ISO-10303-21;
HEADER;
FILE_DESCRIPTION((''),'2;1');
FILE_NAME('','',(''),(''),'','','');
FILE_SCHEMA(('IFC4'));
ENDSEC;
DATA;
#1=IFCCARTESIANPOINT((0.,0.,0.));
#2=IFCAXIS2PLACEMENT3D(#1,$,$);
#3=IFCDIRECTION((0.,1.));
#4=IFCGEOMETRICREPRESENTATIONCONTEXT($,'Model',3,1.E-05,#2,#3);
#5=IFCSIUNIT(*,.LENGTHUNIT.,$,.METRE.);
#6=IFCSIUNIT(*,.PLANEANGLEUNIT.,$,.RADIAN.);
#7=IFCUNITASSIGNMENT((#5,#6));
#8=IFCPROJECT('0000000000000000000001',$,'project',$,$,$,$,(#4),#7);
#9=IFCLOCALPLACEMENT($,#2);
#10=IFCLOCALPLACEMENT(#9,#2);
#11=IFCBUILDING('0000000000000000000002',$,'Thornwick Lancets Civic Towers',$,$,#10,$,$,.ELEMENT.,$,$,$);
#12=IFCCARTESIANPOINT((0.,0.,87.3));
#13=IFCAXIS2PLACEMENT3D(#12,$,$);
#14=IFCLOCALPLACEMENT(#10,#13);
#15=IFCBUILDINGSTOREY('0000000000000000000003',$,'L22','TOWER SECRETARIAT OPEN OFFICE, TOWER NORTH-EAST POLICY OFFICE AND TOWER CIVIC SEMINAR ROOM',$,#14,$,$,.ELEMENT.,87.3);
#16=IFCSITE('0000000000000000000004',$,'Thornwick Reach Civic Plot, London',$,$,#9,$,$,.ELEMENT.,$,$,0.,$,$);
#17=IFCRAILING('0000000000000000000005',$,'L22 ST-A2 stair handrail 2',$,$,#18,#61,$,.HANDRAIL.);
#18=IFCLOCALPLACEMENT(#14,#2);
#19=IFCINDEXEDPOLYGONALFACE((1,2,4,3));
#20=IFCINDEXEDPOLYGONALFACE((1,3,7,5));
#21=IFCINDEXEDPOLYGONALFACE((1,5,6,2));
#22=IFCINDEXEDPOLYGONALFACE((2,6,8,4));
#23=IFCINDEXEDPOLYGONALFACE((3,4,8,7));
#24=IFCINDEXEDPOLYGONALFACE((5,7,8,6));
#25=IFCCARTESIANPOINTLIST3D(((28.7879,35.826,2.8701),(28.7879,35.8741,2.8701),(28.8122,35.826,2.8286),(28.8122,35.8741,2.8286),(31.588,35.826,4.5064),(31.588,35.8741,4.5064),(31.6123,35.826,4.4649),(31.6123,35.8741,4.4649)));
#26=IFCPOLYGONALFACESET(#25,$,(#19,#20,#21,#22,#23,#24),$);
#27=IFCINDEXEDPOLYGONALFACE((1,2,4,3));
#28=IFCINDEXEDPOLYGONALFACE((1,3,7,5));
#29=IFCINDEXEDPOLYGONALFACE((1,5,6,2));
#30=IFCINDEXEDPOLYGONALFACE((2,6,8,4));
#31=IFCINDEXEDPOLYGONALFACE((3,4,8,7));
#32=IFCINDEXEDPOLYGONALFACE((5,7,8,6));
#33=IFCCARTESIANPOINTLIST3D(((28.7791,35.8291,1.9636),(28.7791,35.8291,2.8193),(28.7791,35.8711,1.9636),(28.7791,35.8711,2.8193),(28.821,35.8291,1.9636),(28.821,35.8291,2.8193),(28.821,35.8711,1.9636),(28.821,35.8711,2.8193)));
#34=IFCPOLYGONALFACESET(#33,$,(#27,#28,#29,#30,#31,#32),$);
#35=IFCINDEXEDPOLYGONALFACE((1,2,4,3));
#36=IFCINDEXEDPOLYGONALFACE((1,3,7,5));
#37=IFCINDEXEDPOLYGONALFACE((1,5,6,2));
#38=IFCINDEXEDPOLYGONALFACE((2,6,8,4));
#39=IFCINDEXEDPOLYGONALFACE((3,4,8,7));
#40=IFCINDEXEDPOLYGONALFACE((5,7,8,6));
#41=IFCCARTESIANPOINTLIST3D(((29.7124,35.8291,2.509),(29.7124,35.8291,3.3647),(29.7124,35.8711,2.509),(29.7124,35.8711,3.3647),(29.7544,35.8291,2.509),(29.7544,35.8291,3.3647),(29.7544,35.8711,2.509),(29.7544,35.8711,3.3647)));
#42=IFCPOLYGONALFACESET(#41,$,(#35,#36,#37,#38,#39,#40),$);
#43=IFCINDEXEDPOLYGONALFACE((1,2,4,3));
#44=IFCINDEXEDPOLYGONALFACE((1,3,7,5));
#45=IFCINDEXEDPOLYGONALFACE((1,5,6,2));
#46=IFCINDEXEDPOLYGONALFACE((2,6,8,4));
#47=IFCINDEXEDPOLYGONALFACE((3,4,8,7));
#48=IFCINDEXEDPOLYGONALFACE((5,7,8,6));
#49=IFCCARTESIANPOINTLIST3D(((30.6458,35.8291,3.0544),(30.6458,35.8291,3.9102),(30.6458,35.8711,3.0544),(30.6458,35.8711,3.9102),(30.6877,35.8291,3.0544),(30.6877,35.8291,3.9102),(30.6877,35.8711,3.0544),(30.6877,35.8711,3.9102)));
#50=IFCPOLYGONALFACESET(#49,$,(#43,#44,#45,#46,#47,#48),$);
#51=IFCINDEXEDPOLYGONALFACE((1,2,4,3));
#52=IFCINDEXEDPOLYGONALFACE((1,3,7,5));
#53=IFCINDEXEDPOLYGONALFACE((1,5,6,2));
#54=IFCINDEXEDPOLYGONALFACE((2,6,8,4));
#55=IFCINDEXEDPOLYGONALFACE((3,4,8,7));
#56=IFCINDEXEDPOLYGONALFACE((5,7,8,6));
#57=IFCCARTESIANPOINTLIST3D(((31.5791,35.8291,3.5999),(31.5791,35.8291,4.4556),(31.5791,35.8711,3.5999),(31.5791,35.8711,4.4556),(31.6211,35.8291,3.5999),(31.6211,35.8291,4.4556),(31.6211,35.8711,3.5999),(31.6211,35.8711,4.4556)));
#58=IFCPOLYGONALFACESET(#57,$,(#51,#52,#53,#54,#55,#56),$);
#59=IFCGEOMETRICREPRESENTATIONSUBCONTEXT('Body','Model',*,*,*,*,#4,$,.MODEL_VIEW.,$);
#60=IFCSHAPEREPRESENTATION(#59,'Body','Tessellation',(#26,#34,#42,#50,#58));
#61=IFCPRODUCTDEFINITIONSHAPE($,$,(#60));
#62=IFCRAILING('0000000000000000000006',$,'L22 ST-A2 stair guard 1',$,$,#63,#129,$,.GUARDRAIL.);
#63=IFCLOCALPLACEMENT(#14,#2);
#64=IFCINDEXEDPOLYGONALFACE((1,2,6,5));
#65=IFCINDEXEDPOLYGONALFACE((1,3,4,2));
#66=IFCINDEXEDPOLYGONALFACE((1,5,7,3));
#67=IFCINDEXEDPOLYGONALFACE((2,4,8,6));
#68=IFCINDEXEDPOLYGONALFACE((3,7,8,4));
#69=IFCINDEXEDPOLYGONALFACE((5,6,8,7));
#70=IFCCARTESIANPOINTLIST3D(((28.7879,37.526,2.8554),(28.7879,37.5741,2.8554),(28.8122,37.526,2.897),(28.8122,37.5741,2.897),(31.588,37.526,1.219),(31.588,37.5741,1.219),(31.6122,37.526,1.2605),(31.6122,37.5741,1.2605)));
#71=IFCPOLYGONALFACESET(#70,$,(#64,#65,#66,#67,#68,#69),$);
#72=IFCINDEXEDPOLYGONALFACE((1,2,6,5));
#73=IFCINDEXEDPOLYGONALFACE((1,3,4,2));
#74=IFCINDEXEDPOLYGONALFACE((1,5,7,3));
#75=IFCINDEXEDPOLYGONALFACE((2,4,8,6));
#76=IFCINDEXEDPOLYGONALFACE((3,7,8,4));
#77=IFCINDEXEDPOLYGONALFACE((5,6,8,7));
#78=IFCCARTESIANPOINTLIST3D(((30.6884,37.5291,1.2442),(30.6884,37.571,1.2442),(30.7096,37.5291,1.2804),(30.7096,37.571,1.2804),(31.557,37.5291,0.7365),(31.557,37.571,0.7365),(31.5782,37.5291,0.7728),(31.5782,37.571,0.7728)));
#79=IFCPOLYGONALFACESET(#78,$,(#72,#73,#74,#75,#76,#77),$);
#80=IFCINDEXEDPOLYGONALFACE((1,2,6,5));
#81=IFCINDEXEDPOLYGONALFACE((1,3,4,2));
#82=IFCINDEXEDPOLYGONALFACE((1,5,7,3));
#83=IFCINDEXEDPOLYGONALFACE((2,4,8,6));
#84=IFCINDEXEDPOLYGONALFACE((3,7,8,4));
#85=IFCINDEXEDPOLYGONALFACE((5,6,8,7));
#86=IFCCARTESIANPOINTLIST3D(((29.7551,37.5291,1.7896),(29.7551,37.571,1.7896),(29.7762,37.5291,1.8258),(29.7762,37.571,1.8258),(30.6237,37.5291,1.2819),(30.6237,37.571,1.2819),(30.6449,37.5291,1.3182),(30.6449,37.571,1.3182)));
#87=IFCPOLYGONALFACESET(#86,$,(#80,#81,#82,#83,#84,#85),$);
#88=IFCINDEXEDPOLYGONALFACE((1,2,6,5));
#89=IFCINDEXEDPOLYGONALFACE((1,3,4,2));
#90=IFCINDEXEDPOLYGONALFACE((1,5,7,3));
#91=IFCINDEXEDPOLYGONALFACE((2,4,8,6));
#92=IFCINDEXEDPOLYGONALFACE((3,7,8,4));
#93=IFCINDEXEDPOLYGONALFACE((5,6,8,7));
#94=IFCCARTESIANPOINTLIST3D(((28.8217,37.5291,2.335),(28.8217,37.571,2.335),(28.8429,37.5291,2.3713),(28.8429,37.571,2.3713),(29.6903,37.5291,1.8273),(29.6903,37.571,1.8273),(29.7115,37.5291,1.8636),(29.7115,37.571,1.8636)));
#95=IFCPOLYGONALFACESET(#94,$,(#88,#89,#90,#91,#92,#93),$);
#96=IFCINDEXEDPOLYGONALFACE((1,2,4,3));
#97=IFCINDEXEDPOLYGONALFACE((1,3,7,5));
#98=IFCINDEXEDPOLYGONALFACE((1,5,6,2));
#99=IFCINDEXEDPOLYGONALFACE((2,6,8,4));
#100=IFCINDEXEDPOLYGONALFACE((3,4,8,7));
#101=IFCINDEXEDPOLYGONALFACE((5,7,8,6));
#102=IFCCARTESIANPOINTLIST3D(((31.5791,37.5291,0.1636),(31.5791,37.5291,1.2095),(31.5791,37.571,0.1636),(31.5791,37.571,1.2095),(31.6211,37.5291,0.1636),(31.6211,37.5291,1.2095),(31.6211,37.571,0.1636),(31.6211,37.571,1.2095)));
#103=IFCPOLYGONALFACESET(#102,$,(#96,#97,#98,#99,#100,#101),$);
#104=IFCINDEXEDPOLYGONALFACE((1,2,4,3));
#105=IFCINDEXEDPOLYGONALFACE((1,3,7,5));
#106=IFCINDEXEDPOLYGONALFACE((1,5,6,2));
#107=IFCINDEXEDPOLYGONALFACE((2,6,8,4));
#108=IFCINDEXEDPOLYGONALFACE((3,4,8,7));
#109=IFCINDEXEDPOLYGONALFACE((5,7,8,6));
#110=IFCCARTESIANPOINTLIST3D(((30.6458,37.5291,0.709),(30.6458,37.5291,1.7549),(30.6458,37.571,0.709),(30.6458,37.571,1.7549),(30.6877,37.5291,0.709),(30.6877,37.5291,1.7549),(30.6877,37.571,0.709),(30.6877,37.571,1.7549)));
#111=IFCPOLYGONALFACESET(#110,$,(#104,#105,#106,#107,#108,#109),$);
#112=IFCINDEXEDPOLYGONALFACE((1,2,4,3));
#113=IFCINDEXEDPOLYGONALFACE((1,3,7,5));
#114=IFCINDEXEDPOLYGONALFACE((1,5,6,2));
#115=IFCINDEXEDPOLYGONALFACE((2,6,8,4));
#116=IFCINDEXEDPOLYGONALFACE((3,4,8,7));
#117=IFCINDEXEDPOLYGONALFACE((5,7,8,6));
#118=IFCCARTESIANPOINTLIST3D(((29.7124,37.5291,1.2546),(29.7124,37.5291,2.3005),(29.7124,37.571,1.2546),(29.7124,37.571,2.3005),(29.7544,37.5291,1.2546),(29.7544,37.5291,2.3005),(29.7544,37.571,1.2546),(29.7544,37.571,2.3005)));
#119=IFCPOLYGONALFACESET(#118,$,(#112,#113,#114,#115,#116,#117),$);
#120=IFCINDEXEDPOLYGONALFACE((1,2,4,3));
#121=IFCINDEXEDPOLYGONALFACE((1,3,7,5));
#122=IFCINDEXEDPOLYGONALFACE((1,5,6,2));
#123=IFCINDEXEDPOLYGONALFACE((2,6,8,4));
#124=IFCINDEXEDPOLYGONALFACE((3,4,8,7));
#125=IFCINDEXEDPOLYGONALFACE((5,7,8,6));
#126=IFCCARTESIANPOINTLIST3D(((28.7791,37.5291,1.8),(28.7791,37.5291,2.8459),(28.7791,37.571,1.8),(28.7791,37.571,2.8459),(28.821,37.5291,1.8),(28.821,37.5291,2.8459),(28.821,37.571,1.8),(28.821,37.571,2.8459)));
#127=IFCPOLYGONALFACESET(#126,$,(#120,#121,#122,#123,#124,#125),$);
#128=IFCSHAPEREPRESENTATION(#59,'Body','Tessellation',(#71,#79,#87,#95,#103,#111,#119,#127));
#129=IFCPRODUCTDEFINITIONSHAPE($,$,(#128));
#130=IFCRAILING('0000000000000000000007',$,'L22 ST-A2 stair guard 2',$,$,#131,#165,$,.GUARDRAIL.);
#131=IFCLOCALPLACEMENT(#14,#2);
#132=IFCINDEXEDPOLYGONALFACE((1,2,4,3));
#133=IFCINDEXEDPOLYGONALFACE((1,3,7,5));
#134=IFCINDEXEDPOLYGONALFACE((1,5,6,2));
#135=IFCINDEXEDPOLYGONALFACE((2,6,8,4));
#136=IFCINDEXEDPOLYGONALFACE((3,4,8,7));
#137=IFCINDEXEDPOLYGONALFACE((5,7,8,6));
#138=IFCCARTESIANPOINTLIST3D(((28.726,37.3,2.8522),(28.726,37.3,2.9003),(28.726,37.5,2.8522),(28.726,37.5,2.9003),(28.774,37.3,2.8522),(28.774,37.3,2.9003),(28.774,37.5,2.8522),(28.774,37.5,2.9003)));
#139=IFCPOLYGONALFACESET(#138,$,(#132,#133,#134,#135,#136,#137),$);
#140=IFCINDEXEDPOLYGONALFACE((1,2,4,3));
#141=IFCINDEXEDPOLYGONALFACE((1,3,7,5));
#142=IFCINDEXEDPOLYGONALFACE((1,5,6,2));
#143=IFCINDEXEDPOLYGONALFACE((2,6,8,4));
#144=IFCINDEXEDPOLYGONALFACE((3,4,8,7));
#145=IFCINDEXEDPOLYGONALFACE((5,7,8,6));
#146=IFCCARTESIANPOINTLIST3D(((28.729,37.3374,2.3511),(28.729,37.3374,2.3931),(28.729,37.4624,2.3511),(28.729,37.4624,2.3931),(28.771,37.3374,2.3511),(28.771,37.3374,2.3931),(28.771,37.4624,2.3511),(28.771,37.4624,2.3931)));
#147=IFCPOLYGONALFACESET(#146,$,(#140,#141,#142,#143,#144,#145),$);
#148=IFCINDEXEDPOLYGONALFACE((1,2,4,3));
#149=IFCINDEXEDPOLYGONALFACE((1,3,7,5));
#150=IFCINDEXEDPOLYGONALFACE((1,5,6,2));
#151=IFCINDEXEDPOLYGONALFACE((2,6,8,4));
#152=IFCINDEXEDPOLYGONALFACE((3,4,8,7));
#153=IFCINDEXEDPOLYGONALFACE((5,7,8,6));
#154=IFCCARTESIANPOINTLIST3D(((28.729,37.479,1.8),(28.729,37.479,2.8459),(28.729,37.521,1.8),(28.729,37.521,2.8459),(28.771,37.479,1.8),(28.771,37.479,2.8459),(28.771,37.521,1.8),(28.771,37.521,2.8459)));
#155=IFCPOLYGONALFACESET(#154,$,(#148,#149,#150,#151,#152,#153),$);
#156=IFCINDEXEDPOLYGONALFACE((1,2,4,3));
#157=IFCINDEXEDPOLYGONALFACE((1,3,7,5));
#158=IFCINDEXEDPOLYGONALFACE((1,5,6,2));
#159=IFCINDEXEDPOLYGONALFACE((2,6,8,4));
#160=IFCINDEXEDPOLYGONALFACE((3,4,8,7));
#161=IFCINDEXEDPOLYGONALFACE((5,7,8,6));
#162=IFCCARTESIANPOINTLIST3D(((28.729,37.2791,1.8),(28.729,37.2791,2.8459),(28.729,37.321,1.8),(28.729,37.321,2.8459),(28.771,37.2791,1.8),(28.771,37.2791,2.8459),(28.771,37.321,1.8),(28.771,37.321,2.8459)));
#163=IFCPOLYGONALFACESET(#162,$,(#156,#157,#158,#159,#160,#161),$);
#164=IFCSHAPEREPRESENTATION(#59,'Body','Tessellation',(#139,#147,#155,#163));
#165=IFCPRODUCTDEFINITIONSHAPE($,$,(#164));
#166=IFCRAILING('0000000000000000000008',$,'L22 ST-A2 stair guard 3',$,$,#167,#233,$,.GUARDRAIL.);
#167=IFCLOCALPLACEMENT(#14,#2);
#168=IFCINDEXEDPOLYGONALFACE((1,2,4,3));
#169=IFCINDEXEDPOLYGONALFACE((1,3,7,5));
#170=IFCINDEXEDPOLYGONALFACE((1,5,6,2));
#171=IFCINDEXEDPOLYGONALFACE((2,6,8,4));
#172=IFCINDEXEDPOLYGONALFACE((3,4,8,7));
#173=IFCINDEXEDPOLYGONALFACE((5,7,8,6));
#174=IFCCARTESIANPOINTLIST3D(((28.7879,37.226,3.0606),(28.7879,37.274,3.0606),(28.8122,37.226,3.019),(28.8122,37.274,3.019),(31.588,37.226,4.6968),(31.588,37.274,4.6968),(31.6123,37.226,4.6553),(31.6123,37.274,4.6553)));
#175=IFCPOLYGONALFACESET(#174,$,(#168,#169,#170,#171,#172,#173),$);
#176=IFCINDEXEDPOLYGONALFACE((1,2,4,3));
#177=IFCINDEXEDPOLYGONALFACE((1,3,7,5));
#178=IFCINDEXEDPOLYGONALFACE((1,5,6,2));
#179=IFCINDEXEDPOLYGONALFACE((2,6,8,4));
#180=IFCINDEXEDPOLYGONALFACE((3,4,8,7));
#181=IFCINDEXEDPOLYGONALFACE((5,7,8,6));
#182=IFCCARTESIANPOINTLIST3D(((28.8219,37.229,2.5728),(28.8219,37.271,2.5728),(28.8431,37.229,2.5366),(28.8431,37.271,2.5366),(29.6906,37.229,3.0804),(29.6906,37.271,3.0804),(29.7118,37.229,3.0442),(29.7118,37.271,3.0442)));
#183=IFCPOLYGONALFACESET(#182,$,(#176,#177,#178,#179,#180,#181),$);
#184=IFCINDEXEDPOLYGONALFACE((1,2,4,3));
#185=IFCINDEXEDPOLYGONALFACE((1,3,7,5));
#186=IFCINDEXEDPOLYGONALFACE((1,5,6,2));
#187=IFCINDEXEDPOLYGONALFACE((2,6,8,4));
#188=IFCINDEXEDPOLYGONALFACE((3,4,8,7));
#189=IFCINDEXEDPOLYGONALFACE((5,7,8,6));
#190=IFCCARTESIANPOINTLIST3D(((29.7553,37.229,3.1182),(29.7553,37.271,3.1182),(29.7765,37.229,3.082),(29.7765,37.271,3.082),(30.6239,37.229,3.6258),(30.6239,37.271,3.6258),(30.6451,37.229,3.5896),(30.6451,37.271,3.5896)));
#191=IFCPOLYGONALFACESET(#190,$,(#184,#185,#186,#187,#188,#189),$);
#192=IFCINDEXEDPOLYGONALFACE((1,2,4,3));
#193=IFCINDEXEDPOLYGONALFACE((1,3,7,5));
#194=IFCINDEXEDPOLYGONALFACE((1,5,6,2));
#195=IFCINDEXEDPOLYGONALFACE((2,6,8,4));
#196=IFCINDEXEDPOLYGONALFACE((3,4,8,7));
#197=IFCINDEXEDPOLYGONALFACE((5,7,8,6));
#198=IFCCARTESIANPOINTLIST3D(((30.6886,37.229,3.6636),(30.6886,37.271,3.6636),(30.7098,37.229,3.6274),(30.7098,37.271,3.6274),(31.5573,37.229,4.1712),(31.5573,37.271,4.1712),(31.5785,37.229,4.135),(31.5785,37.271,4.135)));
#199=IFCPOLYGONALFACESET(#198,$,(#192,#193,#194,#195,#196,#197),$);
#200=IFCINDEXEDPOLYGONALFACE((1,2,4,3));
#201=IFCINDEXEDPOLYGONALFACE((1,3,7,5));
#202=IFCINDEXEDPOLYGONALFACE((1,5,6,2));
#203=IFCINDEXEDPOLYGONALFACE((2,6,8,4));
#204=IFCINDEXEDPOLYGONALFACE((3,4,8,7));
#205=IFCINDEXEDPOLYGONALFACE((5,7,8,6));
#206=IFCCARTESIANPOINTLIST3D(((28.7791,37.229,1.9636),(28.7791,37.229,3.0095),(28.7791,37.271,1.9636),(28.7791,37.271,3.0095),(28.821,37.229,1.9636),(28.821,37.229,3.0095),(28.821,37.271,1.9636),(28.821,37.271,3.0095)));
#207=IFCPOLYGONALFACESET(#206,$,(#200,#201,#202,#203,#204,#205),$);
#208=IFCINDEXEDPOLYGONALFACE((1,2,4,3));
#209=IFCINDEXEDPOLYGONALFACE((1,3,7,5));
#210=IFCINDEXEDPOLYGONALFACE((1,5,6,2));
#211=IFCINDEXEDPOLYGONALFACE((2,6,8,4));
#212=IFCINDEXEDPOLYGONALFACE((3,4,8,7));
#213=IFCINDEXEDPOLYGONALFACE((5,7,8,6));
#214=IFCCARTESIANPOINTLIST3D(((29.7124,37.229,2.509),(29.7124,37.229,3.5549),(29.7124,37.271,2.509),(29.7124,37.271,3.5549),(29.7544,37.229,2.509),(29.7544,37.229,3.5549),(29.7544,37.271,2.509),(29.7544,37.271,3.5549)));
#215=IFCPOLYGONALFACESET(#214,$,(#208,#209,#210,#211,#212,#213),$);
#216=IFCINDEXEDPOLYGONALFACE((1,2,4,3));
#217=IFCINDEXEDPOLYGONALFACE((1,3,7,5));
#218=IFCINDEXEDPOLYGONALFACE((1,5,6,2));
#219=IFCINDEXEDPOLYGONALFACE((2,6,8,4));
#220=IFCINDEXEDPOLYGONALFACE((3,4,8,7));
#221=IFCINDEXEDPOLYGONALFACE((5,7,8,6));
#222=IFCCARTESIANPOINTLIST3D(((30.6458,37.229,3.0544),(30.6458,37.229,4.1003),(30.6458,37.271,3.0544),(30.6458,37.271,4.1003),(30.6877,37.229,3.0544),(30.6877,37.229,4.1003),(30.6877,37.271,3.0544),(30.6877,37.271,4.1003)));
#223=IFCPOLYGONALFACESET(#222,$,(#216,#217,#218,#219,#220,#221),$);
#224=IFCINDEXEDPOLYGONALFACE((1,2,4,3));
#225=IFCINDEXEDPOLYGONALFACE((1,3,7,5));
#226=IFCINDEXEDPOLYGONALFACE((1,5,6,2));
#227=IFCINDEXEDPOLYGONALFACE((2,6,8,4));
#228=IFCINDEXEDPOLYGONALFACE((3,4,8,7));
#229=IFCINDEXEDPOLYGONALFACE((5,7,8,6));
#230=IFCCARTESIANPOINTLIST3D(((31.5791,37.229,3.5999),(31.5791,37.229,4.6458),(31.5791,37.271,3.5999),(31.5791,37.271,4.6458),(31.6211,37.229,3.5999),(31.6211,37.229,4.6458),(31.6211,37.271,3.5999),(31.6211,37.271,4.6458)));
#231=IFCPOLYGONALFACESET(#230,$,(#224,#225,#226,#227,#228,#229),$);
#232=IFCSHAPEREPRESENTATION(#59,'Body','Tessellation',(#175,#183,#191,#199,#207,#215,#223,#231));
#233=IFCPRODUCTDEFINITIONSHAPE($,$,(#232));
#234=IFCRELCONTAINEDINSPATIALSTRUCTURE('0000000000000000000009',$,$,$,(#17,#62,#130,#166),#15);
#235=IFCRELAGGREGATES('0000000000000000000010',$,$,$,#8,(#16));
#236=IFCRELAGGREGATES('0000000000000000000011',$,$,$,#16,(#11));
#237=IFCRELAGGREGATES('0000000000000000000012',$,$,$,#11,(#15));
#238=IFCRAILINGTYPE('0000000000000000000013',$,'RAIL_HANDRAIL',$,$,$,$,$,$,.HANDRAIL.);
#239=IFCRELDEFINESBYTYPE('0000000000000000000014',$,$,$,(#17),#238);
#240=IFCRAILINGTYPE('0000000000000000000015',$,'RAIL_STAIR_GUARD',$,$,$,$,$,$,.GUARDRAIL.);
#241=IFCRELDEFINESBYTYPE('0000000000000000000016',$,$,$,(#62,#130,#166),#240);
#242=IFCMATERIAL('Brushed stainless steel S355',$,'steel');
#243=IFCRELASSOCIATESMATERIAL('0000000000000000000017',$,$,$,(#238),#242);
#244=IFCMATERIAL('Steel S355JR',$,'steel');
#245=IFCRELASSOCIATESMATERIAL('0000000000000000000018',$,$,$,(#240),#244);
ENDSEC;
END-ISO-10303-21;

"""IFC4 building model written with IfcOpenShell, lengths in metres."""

from ifc_helpers import new_model, si_unit, direction, frame, origin, origin_2d, place, context, subcontext, project, spatial, rectangle, extrude, material, type_object, element, save


model = new_model("IFC4")

# Units and contexts
model_context = context("Model", 3, precision=1e-05, world=origin(), true_north=direction((0.0, 1.0)))
body_context = subcontext(model_context, "Body", "Model", "MODEL_VIEW")
ifc_project = project(units=[si_unit("LENGTHUNIT", "METRE"), si_unit("PLANEANGLEUNIT", "RADIAN")], contexts=[model_context])

# Site, building, storey
site_placement = place(None, origin())
site = spatial("IfcSite", under=ifc_project, at=site_placement, Name="Thornwick Reach Civic Plot, London", CompositionType="ELEMENT", RefElevation=0.0)
building_placement = place(site_placement, origin())
building = spatial("IfcBuilding", under=site, at=building_placement, Name="Thornwick Lancets Civic Towers", CompositionType="ELEMENT")
storey_placement = place(building_placement, frame((0.0, 0.0, 87.3)))
storey = spatial("IfcBuildingStorey", under=building, at=storey_placement, Name="L22", Description="TOWER SECRETARIAT OPEN OFFICE, TOWER NORTH-EAST POLICY OFFICE AND TOWER CIVIC SEMINAR ROOM", CompositionType="ELEMENT", Elevation=87.3)

# Shared definitions
ifc_material_1 = material(Name="Steel S355JR", Category="steel")

# Railings
ifc_material_2 = material(Name="Brushed stainless steel S355", Category="steel")
railing_type_1 = type_object("IfcRailingType", Name="RAIL_HANDRAIL", PredefinedType="HANDRAIL", material=ifc_material_2)
railing_1_placement = place(storey_placement, frame((28.8, 35.8501, 1.9636)))
element("IfcRailing", 1, at=railing_1_placement, inside=storey, type_object=railing_type_1, Name="L22 ST-A2 stair handrail 2", PredefinedType="HANDRAIL", context=body_context, shape_type="SweptSolid", body=[
    extrude(rectangle(XDim=0.0481, YDim=0.0481, at=origin_2d()), frame((0.0, 0.0, 0.8857), z_axis=(0.863394, 0.0, 0.504531), x_axis=(0.0, 1.0, 0.0)), (0.0, 0.0, 1.0), 3.2432),
    extrude(rectangle(XDim=0.042, YDim=0.042, at=origin_2d()), origin(), (0.0, 0.0, 1.0), 0.8557),
    extrude(rectangle(XDim=0.042, YDim=0.042, at=origin_2d()), frame((0.9333, 0.0, 0.5454)), (0.0, 0.0, 1.0), 0.8557),
    extrude(rectangle(XDim=0.042, YDim=0.042, at=origin_2d()), frame((1.8667, 0.0, 1.0908)), (0.0, 0.0, 1.0), 0.8557),
    extrude(rectangle(XDim=0.042, YDim=0.042, at=origin_2d()), frame((2.8, 0.0, 1.6362)), (0.0, 0.0, 1.0), 0.8557),
])
railing_type_2 = type_object("IfcRailingType", Name="RAIL_STAIR_GUARD", PredefinedType="GUARDRAIL", material=ifc_material_1)
railing_2_placement = place(storey_placement, frame((31.6001, 37.55, 0.1636)))
element("IfcRailing", 2, at=railing_2_placement, inside=storey, type_object=railing_type_2, Name="L22 ST-A2 stair guard 1", PredefinedType="GUARDRAIL", context=body_context, shape_type="SweptSolid", body=[
    extrude(rectangle(XDim=0.0481, YDim=0.0481, at=origin_2d()), frame((0.0, 0.0, 1.0762), z_axis=(-0.863361, 0.0, 0.504587), x_axis=(0.0, -1.0, 0.0)), (0.0, 0.0, 1.0), 3.2432),
    extrude(rectangle(XDim=0.042, YDim=0.042, at=origin_2d()), frame((-0.0325, 0.0, 0.5911), z_axis=(-0.863361, 0.0, 0.504587), x_axis=(0.0, -1.0, 0.0)), (0.0, 0.0, 1.0), 1.0061),
    extrude(rectangle(XDim=0.042, YDim=0.042, at=origin_2d()), frame((-0.9658, 0.0, 1.1365), z_axis=(-0.863361, 0.0, 0.504587), x_axis=(0.0, -1.0, 0.0)), (0.0, 0.0, 1.0), 1.0061),
    extrude(rectangle(XDim=0.042, YDim=0.042, at=origin_2d()), frame((-1.8992, 0.0, 1.6819), z_axis=(-0.863361, 0.0, 0.504587), x_axis=(0.0, -1.0, 0.0)), (0.0, 0.0, 1.0), 1.0061),
    extrude(rectangle(XDim=0.042, YDim=0.042, at=origin_2d()), origin(), (0.0, 0.0, 1.0), 1.0459),
    extrude(rectangle(XDim=0.042, YDim=0.042, at=origin_2d()), frame((-0.9333, 0.0, 0.5454)), (0.0, 0.0, 1.0), 1.0459),
    extrude(rectangle(XDim=0.042, YDim=0.042, at=origin_2d()), frame((-1.8667, 0.0, 1.0911)), (0.0, 0.0, 1.0), 1.0459),
    extrude(rectangle(XDim=0.042, YDim=0.042, at=origin_2d()), frame((-2.8, 0.0, 1.6365)), (0.0, 0.0, 1.0), 1.0459),
])
railing_3_placement = place(storey_placement, frame((28.75, 37.5, 1.8)))
element("IfcRailing", 3, at=railing_3_placement, inside=storey, type_object=railing_type_2, Name="L22 ST-A2 stair guard 2", PredefinedType="GUARDRAIL", context=body_context, shape_type="SweptSolid", body=[
    extrude(rectangle(XDim=0.0481, YDim=0.0481, at=origin_2d()), frame((0.0, 0.0, 1.0762), z_axis=(0.0, -1.0, 0.0), x_axis=(1.0, 0.0, 0.0)), (0.0, 0.0, 1.0), 0.2),
    extrude(rectangle(XDim=0.042, YDim=0.042, at=origin_2d()), frame((0.0, -0.0376, 0.572), z_axis=(0.0, -1.0, 0.0), x_axis=(1.0, 0.0, 0.0)), (0.0, 0.0, 1.0), 0.125),
    extrude(rectangle(XDim=0.042, YDim=0.042, at=origin_2d()), origin(), (0.0, 0.0, 1.0), 1.0459),
    extrude(rectangle(XDim=0.042, YDim=0.042, at=origin_2d()), frame((0.0, -0.2, 0.0)), (0.0, 0.0, 1.0), 1.0459),
])
railing_4_placement = place(storey_placement, frame((28.8, 37.25, 1.9636)))
element("IfcRailing", 4, at=railing_4_placement, inside=storey, type_object=railing_type_2, Name="L22 ST-A2 stair guard 3", PredefinedType="GUARDRAIL", context=body_context, shape_type="SweptSolid", body=[
    extrude(rectangle(XDim=0.0481, YDim=0.0481, at=origin_2d()), frame((0.0, 0.0, 1.0762), z_axis=(0.863394, 0.0, 0.504531), x_axis=(0.0, 1.0, 0.0)), (0.0, 0.0, 1.0), 3.2432),
    extrude(rectangle(XDim=0.042, YDim=0.042, at=origin_2d()), frame((0.0325, 0.0, 0.5911), z_axis=(0.863394, 0.0, 0.504531), x_axis=(0.0, 1.0, 0.0)), (0.0, 0.0, 1.0), 1.0061),
    extrude(rectangle(XDim=0.042, YDim=0.042, at=origin_2d()), frame((0.9658, 0.0, 1.1365), z_axis=(0.863394, 0.0, 0.504531), x_axis=(0.0, 1.0, 0.0)), (0.0, 0.0, 1.0), 1.0061),
    extrude(rectangle(XDim=0.042, YDim=0.042, at=origin_2d()), frame((1.8992, 0.0, 1.6819), z_axis=(0.863394, 0.0, 0.504531), x_axis=(0.0, 1.0, 0.0)), (0.0, 0.0, 1.0), 1.0061),
    extrude(rectangle(XDim=0.042, YDim=0.042, at=origin_2d()), origin(), (0.0, 0.0, 1.0), 1.0459),
    extrude(rectangle(XDim=0.042, YDim=0.042, at=origin_2d()), frame((0.9333, 0.0, 0.5454)), (0.0, 0.0, 1.0), 1.0459),
    extrude(rectangle(XDim=0.042, YDim=0.042, at=origin_2d()), frame((1.8667, 0.0, 1.0908)), (0.0, 0.0, 1.0), 1.0459),
    extrude(rectangle(XDim=0.042, YDim=0.042, at=origin_2d()), frame((2.8, 0.0, 1.6362)), (0.0, 0.0, 1.0), 1.0459),
])

save(model, "model.ifc")
